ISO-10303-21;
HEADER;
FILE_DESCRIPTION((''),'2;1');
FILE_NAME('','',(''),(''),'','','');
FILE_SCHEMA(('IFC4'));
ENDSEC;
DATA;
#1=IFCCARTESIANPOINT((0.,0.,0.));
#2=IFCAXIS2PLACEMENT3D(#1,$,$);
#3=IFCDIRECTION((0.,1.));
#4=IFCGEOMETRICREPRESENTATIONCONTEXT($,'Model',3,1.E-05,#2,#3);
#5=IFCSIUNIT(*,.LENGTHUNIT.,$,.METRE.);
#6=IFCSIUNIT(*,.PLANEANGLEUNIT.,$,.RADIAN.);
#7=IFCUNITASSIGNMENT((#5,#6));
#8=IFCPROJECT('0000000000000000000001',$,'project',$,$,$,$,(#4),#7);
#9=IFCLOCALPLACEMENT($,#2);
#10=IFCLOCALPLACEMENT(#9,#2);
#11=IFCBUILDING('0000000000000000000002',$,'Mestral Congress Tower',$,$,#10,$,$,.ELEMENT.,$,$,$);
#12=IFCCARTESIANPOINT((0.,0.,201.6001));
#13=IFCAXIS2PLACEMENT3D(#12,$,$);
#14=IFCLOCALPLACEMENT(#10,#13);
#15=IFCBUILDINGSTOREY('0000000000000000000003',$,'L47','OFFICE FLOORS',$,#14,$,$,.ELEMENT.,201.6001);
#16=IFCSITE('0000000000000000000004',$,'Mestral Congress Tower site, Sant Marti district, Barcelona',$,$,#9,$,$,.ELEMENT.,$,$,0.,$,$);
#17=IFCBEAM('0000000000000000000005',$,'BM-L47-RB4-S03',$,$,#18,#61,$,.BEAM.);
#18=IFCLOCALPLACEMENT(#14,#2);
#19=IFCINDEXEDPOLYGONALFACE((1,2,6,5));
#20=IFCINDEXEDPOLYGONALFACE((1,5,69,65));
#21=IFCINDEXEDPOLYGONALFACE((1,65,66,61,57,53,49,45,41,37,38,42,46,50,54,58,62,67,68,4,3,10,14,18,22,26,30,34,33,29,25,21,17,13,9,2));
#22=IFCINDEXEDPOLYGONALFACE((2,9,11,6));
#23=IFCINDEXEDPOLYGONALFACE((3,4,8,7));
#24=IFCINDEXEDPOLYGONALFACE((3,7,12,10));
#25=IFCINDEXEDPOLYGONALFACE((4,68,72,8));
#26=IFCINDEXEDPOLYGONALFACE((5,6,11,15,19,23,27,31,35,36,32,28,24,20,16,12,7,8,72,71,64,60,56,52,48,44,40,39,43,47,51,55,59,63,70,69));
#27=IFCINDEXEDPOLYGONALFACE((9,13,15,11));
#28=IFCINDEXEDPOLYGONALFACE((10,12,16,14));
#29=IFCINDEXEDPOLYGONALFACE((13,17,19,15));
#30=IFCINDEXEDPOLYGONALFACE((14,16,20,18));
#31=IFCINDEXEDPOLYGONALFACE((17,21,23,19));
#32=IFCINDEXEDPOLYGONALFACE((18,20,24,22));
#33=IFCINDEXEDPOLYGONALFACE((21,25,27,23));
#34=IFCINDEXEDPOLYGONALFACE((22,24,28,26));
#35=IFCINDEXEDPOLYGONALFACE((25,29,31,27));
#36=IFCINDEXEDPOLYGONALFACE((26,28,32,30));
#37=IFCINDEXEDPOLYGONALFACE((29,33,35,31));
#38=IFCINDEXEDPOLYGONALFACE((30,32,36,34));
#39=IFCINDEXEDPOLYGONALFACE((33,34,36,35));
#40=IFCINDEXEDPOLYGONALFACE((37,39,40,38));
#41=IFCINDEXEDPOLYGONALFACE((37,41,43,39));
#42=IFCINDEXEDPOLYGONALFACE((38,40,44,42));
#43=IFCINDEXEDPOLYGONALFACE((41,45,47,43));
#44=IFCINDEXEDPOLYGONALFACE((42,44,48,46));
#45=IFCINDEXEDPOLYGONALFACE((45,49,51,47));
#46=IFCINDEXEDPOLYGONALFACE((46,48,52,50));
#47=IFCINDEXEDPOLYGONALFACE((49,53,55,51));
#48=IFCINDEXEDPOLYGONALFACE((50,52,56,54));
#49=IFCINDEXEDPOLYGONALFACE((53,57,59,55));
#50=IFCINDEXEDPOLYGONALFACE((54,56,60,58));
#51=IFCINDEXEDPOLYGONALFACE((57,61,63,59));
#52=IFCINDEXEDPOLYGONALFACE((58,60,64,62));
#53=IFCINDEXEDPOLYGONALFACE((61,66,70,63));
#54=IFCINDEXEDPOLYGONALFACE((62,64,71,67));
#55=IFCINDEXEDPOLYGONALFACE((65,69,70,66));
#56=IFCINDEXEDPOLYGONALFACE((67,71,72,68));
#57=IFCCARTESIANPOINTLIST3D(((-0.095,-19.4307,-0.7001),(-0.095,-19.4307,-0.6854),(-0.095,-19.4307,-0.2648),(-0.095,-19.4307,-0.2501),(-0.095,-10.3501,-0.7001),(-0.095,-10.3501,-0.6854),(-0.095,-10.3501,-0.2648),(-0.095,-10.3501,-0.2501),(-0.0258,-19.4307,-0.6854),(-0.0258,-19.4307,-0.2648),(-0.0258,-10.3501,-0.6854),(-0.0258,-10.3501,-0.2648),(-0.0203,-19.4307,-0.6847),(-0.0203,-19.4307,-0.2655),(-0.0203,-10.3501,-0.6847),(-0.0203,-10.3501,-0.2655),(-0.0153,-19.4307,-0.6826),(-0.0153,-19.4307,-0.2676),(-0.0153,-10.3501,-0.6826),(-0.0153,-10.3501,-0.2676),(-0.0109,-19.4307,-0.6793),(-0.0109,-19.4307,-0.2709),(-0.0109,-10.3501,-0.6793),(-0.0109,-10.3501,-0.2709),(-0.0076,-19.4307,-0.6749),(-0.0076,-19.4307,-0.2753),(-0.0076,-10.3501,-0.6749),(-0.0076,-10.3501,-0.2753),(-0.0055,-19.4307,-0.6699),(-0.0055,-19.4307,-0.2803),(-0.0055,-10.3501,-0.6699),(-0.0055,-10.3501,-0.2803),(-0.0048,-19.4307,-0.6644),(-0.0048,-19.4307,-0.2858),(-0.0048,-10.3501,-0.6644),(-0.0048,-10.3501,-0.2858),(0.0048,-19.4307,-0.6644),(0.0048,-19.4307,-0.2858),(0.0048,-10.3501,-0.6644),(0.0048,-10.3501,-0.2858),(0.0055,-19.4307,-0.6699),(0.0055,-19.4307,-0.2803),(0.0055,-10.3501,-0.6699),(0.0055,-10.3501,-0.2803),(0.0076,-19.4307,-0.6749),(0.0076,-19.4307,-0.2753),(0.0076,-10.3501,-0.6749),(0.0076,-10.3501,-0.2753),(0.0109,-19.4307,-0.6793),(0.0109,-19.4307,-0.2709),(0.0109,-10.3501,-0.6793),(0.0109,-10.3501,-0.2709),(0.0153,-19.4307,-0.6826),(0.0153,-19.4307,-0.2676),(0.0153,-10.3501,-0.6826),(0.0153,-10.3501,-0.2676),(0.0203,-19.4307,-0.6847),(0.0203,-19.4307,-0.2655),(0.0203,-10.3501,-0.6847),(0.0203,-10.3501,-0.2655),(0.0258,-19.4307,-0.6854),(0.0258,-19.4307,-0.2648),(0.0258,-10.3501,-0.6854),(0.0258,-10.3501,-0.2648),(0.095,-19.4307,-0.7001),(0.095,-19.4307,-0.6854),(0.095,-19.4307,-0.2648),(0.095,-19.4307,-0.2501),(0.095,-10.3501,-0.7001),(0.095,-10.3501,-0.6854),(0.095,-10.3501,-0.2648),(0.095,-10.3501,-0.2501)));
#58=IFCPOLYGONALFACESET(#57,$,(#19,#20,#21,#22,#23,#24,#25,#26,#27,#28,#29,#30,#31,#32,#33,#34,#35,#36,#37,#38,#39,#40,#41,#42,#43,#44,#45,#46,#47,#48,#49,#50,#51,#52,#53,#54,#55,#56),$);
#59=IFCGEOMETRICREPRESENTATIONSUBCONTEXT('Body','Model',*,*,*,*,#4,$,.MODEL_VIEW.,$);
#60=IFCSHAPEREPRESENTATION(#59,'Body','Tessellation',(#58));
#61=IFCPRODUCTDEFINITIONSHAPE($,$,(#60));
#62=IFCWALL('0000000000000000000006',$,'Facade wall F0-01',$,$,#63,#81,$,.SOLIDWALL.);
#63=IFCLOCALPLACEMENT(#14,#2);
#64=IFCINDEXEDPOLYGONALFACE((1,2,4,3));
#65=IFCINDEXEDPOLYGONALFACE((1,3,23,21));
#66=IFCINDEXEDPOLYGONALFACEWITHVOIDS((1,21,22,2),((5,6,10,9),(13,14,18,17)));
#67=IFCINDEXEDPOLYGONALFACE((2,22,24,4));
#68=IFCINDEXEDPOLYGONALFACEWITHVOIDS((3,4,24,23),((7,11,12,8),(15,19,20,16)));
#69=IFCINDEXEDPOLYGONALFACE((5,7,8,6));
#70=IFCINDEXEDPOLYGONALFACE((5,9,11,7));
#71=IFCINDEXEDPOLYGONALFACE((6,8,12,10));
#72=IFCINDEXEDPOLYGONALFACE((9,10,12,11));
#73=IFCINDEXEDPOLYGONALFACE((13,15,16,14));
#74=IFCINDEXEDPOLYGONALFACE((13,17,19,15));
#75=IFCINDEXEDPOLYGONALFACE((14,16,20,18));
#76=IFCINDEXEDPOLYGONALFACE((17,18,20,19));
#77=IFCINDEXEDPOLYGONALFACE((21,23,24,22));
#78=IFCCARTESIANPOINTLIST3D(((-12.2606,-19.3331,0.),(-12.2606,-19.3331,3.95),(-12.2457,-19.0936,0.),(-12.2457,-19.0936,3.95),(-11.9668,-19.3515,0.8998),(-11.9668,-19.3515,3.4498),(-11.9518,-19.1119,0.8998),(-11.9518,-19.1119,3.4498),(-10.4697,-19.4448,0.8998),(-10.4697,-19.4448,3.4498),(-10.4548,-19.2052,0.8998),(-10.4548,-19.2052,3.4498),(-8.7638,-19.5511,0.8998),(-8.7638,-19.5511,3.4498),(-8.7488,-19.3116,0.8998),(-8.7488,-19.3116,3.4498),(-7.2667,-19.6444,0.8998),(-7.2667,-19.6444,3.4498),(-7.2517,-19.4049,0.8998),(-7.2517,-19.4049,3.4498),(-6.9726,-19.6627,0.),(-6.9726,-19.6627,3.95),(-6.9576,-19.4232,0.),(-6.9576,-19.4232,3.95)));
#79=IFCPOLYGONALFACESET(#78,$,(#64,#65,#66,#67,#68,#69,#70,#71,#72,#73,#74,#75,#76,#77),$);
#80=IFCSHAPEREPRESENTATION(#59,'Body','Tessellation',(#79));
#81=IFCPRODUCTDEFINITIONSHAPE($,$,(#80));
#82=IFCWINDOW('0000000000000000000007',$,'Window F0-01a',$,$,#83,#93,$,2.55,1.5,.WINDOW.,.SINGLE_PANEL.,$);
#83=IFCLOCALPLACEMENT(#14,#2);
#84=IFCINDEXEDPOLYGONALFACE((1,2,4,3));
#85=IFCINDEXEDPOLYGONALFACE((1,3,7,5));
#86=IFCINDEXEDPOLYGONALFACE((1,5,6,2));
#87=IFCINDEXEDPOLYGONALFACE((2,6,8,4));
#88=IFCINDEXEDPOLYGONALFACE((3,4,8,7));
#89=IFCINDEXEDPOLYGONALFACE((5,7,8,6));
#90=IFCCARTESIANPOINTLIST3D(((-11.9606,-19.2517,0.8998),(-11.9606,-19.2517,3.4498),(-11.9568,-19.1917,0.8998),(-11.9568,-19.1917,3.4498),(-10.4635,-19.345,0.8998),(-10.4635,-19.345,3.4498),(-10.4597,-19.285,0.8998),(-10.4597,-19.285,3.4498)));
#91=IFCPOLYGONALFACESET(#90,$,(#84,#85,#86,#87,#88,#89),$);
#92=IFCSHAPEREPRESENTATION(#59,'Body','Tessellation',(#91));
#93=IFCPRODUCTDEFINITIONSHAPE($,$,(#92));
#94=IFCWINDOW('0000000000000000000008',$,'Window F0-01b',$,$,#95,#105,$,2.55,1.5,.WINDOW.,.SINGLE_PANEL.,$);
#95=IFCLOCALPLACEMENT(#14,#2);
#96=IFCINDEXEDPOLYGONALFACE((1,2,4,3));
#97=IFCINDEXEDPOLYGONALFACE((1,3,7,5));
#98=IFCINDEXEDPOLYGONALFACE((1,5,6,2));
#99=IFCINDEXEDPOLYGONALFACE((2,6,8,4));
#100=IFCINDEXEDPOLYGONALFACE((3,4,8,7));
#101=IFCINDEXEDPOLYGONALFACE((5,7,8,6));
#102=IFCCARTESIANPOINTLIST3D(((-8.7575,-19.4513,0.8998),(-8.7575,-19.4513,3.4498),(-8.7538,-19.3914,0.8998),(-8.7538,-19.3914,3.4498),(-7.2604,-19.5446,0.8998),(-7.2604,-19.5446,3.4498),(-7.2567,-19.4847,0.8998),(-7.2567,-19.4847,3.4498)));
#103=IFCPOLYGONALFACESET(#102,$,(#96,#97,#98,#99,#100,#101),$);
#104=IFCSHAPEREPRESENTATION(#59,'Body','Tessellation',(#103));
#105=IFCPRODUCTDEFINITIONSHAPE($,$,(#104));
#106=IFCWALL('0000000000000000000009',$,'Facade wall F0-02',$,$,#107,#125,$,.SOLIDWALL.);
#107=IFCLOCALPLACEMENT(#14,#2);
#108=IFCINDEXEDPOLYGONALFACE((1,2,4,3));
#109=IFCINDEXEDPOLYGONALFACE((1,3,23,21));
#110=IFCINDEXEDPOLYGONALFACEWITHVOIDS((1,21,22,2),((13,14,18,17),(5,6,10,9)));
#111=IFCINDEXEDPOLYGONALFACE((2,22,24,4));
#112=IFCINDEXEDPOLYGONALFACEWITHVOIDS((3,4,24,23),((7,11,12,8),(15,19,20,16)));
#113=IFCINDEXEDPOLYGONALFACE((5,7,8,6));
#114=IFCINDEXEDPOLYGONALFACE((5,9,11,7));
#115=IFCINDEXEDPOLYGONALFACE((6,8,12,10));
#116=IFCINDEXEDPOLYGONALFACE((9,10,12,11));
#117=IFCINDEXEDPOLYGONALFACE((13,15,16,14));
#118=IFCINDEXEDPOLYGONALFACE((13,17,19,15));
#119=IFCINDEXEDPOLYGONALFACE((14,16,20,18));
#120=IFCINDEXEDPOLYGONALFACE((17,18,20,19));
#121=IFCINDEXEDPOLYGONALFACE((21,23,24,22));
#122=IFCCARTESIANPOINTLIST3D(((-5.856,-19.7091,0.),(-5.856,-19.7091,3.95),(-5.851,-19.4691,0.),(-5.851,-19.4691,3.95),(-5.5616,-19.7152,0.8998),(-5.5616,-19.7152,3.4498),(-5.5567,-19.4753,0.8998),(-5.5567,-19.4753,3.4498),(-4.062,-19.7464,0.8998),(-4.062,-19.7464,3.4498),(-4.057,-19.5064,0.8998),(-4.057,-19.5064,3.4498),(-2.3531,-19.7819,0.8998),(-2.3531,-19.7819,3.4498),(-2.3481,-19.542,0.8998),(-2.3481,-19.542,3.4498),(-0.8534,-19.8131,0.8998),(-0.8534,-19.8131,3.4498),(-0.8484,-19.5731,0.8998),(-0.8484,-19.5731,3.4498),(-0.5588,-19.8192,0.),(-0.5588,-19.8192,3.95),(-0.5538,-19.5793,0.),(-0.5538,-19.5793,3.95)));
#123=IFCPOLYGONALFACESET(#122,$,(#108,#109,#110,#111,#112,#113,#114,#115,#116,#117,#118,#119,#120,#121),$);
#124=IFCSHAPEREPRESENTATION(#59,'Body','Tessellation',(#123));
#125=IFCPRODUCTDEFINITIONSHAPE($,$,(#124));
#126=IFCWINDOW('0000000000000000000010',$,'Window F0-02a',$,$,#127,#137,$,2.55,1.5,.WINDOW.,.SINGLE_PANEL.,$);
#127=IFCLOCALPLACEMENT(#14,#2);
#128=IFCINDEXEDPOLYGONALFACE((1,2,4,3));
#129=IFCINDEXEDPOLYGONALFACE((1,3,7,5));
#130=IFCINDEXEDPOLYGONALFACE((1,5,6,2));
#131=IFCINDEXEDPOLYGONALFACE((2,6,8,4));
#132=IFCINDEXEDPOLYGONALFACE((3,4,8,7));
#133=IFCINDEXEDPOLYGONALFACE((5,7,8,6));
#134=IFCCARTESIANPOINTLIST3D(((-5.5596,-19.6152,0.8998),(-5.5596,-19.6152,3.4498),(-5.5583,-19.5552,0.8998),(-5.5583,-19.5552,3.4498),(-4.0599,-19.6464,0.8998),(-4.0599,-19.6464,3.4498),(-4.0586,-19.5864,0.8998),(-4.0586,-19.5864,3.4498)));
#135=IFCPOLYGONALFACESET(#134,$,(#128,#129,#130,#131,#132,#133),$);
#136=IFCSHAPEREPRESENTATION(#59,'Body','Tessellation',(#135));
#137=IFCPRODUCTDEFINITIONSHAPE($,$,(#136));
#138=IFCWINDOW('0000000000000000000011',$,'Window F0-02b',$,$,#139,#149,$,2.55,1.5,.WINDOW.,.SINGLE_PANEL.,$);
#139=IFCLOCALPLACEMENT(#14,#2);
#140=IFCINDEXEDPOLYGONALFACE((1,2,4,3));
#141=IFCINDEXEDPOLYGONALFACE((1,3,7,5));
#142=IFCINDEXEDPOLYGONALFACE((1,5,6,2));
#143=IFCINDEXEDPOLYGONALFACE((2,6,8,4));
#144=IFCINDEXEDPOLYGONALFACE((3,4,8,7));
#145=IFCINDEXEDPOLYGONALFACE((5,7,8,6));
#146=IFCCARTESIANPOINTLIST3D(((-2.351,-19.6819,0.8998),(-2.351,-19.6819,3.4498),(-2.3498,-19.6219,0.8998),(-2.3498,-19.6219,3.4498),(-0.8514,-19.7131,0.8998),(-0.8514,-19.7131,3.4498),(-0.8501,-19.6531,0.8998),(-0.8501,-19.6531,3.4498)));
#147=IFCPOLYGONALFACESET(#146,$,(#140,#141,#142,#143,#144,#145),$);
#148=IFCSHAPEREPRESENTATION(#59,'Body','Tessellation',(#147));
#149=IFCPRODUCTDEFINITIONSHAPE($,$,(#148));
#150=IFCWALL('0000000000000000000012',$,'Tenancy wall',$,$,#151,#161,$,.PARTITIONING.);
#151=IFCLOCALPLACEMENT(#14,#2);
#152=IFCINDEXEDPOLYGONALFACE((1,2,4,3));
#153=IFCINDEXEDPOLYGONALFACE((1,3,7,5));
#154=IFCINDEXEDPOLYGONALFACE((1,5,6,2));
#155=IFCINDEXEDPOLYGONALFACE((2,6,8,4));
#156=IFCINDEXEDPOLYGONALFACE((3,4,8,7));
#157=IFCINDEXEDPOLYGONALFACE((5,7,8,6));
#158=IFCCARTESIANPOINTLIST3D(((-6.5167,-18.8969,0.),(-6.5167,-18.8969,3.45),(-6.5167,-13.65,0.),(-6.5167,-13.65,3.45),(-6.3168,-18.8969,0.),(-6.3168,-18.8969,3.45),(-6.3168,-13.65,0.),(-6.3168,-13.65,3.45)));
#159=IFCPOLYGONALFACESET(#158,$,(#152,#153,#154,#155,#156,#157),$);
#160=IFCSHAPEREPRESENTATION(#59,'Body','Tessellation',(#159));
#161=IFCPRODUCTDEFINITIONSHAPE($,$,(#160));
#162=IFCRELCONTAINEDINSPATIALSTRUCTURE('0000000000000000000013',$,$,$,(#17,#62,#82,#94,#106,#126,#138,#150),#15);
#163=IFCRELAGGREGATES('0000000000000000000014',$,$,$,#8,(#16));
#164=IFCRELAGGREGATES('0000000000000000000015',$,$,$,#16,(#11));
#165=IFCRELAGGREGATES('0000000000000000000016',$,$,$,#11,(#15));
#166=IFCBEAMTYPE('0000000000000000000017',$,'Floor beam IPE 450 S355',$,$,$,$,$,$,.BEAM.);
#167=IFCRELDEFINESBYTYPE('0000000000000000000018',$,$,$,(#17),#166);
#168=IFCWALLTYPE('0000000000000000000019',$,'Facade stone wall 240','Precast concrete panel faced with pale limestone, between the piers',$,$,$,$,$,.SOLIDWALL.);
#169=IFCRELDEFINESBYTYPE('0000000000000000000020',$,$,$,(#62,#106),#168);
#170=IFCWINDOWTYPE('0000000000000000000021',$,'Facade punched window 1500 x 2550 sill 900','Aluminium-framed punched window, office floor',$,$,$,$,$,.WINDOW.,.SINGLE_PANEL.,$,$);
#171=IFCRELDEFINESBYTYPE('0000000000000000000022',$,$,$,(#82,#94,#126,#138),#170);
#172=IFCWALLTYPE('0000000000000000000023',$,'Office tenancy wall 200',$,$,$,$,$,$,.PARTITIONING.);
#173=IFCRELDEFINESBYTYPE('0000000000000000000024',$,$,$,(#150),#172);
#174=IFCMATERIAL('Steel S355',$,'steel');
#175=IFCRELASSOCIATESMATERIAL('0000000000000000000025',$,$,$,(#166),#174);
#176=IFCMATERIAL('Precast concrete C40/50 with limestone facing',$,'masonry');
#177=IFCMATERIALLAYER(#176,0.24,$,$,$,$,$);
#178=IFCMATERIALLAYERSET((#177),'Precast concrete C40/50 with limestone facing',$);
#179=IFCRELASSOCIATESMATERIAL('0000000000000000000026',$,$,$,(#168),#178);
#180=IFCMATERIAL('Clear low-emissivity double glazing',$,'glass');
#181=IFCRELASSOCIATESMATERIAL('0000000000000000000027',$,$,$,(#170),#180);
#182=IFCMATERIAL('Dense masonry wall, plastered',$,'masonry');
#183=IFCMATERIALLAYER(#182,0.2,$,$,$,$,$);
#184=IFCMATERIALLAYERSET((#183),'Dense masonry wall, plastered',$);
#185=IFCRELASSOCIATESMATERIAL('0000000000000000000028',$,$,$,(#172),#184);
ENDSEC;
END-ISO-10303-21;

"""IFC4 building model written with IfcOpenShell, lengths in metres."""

from ifc_helpers import new_model, si_unit, direction, frame, frame_2d, origin, origin_2d, place, context, subcontext, project, spatial, rectangle, i_section, extrude, material, layer, layer_set, material_profile, profile_set, type_object, element, fill, save


model = new_model("IFC4")

# Units and contexts
model_context = context("Model", 3, precision=1e-05, world=origin(), true_north=direction((0.0, 1.0)))
body_context = subcontext(model_context, "Body", "Model", "MODEL_VIEW")
ifc_project = project(units=[si_unit("LENGTHUNIT", "METRE"), si_unit("PLANEANGLEUNIT", "RADIAN")], contexts=[model_context])

# Site, building, storey
site_placement = place(None, origin())
site = spatial("IfcSite", under=ifc_project, at=site_placement, Name="Mestral Congress Tower site, Sant Marti district, Barcelona", CompositionType="ELEMENT", RefElevation=0.0)
building_placement = place(site_placement, origin())
building = spatial("IfcBuilding", under=site, at=building_placement, Name="Mestral Congress Tower", CompositionType="ELEMENT")
storey_placement = place(building_placement, frame((0.0, 0.0, 201.6001)))
storey = spatial("IfcBuildingStorey", under=building, at=storey_placement, Name="L47", Description="OFFICE FLOORS", CompositionType="ELEMENT", Elevation=201.6001)

# Beam
ifc_material_1 = material(Name="Steel S355", Category="steel")
ifc_material_profile_1 = material_profile(ifc_material_1, i_section(OverallWidth=0.1899, OverallDepth=0.45, WebThickness=0.0095, FlangeThickness=0.0146, FilletRadius=0.021, at=origin_2d()), Name="IPE 450")
ifc_profile_set_1 = profile_set([ifc_material_profile_1], Name="Steel S355")
beam_type = type_object("IfcBeamType", Name="Floor beam IPE 450 S355", PredefinedType="BEAM", material=ifc_profile_set_1)
beam_1_placement = place(storey_placement, frame((0.0, -19.4307, -0.4751), z_axis=(0.0, 1.0, 0.0), x_axis=(-1.0, 0.0, 0.0)))
element("IfcBeam", 1, at=beam_1_placement, inside=storey, type_object=beam_type, Name="BM-L47-RB4-S03", PredefinedType="BEAM", context=body_context, shape_type="SweptSolid", body=[
    extrude(i_section(OverallWidth=0.1899, OverallDepth=0.45, WebThickness=0.0095, FlangeThickness=0.0146, FilletRadius=0.021, at=origin_2d()), origin(), (0.0, 0.0, 1.0), 9.0806),
])

# Walls, openings, windows
ifc_material_2 = material(Name="Precast concrete C40/50 with limestone facing", Category="masonry")
ifc_layer_1 = layer(ifc_material_2, 0.24)
ifc_layer_set_1 = layer_set([ifc_layer_1], Name="Precast concrete C40/50 with limestone facing")
wall_type_1 = type_object("IfcWallType", Name="Facade stone wall 240", Description="Precast concrete panel faced with pale limestone, between the piers", PredefinedType="SOLIDWALL", material=ifc_layer_set_1)
wall_1_placement = place(storey_placement, frame((-12.2532, -19.2134, 0.0), z_axis=(0.0, 0.0, 1.0), x_axis=(0.998063, -0.062206, 0.0)))
wall_1 = element("IfcWall", 2, at=wall_1_placement, inside=storey, type_object=wall_type_1, Name="Facade wall F0-01", PredefinedType="SOLIDWALL", context=body_context, shape_type="SweptSolid", body=[
    extrude(rectangle(XDim=5.2983, YDim=0.24, at=frame_2d((2.6492, 0.0))), origin(), (0.0, 0.0, 1.0), 3.95),
])
opening_1_placement = place(wall_1_placement, frame((0.2944, 0.0, 0.8999)))
opening_1 = element("IfcOpeningElement", 3, at=opening_1_placement, cuts=wall_1, PredefinedType="OPENING", context=body_context, shape_type="SweptSolid", body=[
    extrude(rectangle(XDim=1.5, YDim=2.55, at=frame_2d((0.75, 1.2749))), frame((0.0, 0.1299, 0.0), z_axis=(0.0, -1.0, 0.0), x_axis=(1.0, 0.0, 0.0)), (0.0, 0.0, 1.0), 0.26),
])
opening_2_placement = place(wall_1_placement, frame((3.5037, 0.0, 0.8999)))
opening_2 = element("IfcOpeningElement", 4, at=opening_2_placement, cuts=wall_1, PredefinedType="OPENING", context=body_context, shape_type="SweptSolid", body=[
    extrude(rectangle(XDim=1.5, YDim=2.55, at=frame_2d((0.75, 1.2749))), frame((0.0, 0.1299, 0.0), z_axis=(0.0, -1.0, 0.0), x_axis=(1.0, 0.0, 0.0)), (0.0, 0.0, 1.0), 0.26),
])
ifc_material_3 = material(Name="Clear low-emissivity double glazing", Category="glass")
window_type = type_object("IfcWindowType", Name="Facade punched window 1500 x 2550 sill 900", Description="Aluminium-framed punched window, office floor", PartitioningType="SINGLE_PANEL", PredefinedType="WINDOW", material=ifc_material_3)
window_1_placement = place(opening_1_placement, origin())
window_1 = element("IfcWindow", 5, at=window_1_placement, inside=storey, type_object=window_type, Name="Window F0-01a", OverallHeight=2.55, OverallWidth=1.5, PartitioningType="SINGLE_PANEL", PredefinedType="WINDOW", context=body_context, shape_type="SweptSolid", body=[
    extrude(rectangle(XDim=1.5, YDim=2.55, at=frame_2d((0.75, 1.2749))), frame((0.0, 0.04, 0.0), z_axis=(0.0, -1.0, 0.0), x_axis=(1.0, 0.0, 0.0)), (0.0, 0.0, 1.0), 0.0601),
])
fill(opening_1, window_1)
window_2_placement = place(opening_2_placement, origin())
window_2 = element("IfcWindow", 6, at=window_2_placement, inside=storey, type_object=window_type, Name="Window F0-01b", OverallHeight=2.55, OverallWidth=1.5, PartitioningType="SINGLE_PANEL", PredefinedType="WINDOW", context=body_context, shape_type="SweptSolid", body=[
    extrude(rectangle(XDim=1.5, YDim=2.55, at=frame_2d((0.75, 1.2749))), frame((0.0, 0.04, 0.0), z_axis=(0.0, -1.0, 0.0), x_axis=(1.0, 0.0, 0.0)), (0.0, 0.0, 1.0), 0.0601),
])
fill(opening_2, window_2)
wall_2_placement = place(storey_placement, frame((-5.8535, -19.5891, 0.0), z_axis=(0.0, 0.0, 1.0), x_axis=(0.999784, -0.020782, 0.0)))
wall_2 = element("IfcWall", 7, at=wall_2_placement, inside=storey, type_object=wall_type_1, Name="Facade wall F0-02", PredefinedType="SOLIDWALL", context=body_context, shape_type="SweptSolid", body=[
    extrude(rectangle(XDim=5.2983, YDim=0.24, at=frame_2d((2.6492, 0.0))), origin(), (0.0, 0.0, 1.0), 3.95),
])
opening_3_placement = place(wall_2_placement, frame((0.2944, 0.0, 0.8999)))
opening_3 = element("IfcOpeningElement", 8, at=opening_3_placement, cuts=wall_2, PredefinedType="OPENING", context=body_context, shape_type="SweptSolid", body=[
    extrude(rectangle(XDim=1.5, YDim=2.55, at=frame_2d((0.75, 1.2749))), frame((0.0, 0.1299, 0.0), z_axis=(0.0, -1.0, 0.0), x_axis=(1.0, 0.0, 0.0)), (0.0, 0.0, 1.0), 0.26),
])
opening_4_placement = place(wall_2_placement, frame((3.5037, 0.0, 0.8999)))
opening_4 = element("IfcOpeningElement", 9, at=opening_4_placement, cuts=wall_2, PredefinedType="OPENING", context=body_context, shape_type="SweptSolid", body=[
    extrude(rectangle(XDim=1.5, YDim=2.55, at=frame_2d((0.75, 1.2749))), frame((0.0, 0.1299, 0.0), z_axis=(0.0, -1.0, 0.0), x_axis=(1.0, 0.0, 0.0)), (0.0, 0.0, 1.0), 0.26),
])
window_3_placement = place(opening_3_placement, origin())
window_3 = element("IfcWindow", 10, at=window_3_placement, inside=storey, type_object=window_type, Name="Window F0-02a", OverallHeight=2.55, OverallWidth=1.5, PartitioningType="SINGLE_PANEL", PredefinedType="WINDOW", context=body_context, shape_type="SweptSolid", body=[
    extrude(rectangle(XDim=1.5, YDim=2.55, at=frame_2d((0.75, 1.2749))), frame((0.0, 0.04, 0.0), z_axis=(0.0, -1.0, 0.0), x_axis=(1.0, 0.0, 0.0)), (0.0, 0.0, 1.0), 0.0601),
])
fill(opening_3, window_3)
window_4_placement = place(opening_4_placement, origin())
window_4 = element("IfcWindow", 11, at=window_4_placement, inside=storey, type_object=window_type, Name="Window F0-02b", OverallHeight=2.55, OverallWidth=1.5, PartitioningType="SINGLE_PANEL", PredefinedType="WINDOW", context=body_context, shape_type="SweptSolid", body=[
    extrude(rectangle(XDim=1.5, YDim=2.55, at=frame_2d((0.75, 1.2749))), frame((0.0, 0.04, 0.0), z_axis=(0.0, -1.0, 0.0), x_axis=(1.0, 0.0, 0.0)), (0.0, 0.0, 1.0), 0.0601),
])
fill(opening_4, window_4)

# Wall
ifc_material_4 = material(Name="Dense masonry wall, plastered", Category="masonry")
ifc_layer_2 = layer(ifc_material_4, 0.2)
ifc_layer_set_2 = layer_set([ifc_layer_2], Name="Dense masonry wall, plastered")
wall_type_2 = type_object("IfcWallType", Name="Office tenancy wall 200", PredefinedType="PARTITIONING", material=ifc_layer_set_2)
wall_3_placement = place(storey_placement, frame((-6.4167, -13.6499, 0.0), z_axis=(0.0, 0.0, 1.0), x_axis=(0.0, -1.0, 0.0)))
element("IfcWall", 12, at=wall_3_placement, inside=storey, type_object=wall_type_2, Name="Tenancy wall", PredefinedType="PARTITIONING", context=body_context, shape_type="SweptSolid", body=[
    extrude(rectangle(XDim=5.2468, YDim=0.2, at=frame_2d((2.6235, 0.0))), origin(), (0.0, 0.0, 1.0), 3.45),
])

save(model, "model.ifc")
